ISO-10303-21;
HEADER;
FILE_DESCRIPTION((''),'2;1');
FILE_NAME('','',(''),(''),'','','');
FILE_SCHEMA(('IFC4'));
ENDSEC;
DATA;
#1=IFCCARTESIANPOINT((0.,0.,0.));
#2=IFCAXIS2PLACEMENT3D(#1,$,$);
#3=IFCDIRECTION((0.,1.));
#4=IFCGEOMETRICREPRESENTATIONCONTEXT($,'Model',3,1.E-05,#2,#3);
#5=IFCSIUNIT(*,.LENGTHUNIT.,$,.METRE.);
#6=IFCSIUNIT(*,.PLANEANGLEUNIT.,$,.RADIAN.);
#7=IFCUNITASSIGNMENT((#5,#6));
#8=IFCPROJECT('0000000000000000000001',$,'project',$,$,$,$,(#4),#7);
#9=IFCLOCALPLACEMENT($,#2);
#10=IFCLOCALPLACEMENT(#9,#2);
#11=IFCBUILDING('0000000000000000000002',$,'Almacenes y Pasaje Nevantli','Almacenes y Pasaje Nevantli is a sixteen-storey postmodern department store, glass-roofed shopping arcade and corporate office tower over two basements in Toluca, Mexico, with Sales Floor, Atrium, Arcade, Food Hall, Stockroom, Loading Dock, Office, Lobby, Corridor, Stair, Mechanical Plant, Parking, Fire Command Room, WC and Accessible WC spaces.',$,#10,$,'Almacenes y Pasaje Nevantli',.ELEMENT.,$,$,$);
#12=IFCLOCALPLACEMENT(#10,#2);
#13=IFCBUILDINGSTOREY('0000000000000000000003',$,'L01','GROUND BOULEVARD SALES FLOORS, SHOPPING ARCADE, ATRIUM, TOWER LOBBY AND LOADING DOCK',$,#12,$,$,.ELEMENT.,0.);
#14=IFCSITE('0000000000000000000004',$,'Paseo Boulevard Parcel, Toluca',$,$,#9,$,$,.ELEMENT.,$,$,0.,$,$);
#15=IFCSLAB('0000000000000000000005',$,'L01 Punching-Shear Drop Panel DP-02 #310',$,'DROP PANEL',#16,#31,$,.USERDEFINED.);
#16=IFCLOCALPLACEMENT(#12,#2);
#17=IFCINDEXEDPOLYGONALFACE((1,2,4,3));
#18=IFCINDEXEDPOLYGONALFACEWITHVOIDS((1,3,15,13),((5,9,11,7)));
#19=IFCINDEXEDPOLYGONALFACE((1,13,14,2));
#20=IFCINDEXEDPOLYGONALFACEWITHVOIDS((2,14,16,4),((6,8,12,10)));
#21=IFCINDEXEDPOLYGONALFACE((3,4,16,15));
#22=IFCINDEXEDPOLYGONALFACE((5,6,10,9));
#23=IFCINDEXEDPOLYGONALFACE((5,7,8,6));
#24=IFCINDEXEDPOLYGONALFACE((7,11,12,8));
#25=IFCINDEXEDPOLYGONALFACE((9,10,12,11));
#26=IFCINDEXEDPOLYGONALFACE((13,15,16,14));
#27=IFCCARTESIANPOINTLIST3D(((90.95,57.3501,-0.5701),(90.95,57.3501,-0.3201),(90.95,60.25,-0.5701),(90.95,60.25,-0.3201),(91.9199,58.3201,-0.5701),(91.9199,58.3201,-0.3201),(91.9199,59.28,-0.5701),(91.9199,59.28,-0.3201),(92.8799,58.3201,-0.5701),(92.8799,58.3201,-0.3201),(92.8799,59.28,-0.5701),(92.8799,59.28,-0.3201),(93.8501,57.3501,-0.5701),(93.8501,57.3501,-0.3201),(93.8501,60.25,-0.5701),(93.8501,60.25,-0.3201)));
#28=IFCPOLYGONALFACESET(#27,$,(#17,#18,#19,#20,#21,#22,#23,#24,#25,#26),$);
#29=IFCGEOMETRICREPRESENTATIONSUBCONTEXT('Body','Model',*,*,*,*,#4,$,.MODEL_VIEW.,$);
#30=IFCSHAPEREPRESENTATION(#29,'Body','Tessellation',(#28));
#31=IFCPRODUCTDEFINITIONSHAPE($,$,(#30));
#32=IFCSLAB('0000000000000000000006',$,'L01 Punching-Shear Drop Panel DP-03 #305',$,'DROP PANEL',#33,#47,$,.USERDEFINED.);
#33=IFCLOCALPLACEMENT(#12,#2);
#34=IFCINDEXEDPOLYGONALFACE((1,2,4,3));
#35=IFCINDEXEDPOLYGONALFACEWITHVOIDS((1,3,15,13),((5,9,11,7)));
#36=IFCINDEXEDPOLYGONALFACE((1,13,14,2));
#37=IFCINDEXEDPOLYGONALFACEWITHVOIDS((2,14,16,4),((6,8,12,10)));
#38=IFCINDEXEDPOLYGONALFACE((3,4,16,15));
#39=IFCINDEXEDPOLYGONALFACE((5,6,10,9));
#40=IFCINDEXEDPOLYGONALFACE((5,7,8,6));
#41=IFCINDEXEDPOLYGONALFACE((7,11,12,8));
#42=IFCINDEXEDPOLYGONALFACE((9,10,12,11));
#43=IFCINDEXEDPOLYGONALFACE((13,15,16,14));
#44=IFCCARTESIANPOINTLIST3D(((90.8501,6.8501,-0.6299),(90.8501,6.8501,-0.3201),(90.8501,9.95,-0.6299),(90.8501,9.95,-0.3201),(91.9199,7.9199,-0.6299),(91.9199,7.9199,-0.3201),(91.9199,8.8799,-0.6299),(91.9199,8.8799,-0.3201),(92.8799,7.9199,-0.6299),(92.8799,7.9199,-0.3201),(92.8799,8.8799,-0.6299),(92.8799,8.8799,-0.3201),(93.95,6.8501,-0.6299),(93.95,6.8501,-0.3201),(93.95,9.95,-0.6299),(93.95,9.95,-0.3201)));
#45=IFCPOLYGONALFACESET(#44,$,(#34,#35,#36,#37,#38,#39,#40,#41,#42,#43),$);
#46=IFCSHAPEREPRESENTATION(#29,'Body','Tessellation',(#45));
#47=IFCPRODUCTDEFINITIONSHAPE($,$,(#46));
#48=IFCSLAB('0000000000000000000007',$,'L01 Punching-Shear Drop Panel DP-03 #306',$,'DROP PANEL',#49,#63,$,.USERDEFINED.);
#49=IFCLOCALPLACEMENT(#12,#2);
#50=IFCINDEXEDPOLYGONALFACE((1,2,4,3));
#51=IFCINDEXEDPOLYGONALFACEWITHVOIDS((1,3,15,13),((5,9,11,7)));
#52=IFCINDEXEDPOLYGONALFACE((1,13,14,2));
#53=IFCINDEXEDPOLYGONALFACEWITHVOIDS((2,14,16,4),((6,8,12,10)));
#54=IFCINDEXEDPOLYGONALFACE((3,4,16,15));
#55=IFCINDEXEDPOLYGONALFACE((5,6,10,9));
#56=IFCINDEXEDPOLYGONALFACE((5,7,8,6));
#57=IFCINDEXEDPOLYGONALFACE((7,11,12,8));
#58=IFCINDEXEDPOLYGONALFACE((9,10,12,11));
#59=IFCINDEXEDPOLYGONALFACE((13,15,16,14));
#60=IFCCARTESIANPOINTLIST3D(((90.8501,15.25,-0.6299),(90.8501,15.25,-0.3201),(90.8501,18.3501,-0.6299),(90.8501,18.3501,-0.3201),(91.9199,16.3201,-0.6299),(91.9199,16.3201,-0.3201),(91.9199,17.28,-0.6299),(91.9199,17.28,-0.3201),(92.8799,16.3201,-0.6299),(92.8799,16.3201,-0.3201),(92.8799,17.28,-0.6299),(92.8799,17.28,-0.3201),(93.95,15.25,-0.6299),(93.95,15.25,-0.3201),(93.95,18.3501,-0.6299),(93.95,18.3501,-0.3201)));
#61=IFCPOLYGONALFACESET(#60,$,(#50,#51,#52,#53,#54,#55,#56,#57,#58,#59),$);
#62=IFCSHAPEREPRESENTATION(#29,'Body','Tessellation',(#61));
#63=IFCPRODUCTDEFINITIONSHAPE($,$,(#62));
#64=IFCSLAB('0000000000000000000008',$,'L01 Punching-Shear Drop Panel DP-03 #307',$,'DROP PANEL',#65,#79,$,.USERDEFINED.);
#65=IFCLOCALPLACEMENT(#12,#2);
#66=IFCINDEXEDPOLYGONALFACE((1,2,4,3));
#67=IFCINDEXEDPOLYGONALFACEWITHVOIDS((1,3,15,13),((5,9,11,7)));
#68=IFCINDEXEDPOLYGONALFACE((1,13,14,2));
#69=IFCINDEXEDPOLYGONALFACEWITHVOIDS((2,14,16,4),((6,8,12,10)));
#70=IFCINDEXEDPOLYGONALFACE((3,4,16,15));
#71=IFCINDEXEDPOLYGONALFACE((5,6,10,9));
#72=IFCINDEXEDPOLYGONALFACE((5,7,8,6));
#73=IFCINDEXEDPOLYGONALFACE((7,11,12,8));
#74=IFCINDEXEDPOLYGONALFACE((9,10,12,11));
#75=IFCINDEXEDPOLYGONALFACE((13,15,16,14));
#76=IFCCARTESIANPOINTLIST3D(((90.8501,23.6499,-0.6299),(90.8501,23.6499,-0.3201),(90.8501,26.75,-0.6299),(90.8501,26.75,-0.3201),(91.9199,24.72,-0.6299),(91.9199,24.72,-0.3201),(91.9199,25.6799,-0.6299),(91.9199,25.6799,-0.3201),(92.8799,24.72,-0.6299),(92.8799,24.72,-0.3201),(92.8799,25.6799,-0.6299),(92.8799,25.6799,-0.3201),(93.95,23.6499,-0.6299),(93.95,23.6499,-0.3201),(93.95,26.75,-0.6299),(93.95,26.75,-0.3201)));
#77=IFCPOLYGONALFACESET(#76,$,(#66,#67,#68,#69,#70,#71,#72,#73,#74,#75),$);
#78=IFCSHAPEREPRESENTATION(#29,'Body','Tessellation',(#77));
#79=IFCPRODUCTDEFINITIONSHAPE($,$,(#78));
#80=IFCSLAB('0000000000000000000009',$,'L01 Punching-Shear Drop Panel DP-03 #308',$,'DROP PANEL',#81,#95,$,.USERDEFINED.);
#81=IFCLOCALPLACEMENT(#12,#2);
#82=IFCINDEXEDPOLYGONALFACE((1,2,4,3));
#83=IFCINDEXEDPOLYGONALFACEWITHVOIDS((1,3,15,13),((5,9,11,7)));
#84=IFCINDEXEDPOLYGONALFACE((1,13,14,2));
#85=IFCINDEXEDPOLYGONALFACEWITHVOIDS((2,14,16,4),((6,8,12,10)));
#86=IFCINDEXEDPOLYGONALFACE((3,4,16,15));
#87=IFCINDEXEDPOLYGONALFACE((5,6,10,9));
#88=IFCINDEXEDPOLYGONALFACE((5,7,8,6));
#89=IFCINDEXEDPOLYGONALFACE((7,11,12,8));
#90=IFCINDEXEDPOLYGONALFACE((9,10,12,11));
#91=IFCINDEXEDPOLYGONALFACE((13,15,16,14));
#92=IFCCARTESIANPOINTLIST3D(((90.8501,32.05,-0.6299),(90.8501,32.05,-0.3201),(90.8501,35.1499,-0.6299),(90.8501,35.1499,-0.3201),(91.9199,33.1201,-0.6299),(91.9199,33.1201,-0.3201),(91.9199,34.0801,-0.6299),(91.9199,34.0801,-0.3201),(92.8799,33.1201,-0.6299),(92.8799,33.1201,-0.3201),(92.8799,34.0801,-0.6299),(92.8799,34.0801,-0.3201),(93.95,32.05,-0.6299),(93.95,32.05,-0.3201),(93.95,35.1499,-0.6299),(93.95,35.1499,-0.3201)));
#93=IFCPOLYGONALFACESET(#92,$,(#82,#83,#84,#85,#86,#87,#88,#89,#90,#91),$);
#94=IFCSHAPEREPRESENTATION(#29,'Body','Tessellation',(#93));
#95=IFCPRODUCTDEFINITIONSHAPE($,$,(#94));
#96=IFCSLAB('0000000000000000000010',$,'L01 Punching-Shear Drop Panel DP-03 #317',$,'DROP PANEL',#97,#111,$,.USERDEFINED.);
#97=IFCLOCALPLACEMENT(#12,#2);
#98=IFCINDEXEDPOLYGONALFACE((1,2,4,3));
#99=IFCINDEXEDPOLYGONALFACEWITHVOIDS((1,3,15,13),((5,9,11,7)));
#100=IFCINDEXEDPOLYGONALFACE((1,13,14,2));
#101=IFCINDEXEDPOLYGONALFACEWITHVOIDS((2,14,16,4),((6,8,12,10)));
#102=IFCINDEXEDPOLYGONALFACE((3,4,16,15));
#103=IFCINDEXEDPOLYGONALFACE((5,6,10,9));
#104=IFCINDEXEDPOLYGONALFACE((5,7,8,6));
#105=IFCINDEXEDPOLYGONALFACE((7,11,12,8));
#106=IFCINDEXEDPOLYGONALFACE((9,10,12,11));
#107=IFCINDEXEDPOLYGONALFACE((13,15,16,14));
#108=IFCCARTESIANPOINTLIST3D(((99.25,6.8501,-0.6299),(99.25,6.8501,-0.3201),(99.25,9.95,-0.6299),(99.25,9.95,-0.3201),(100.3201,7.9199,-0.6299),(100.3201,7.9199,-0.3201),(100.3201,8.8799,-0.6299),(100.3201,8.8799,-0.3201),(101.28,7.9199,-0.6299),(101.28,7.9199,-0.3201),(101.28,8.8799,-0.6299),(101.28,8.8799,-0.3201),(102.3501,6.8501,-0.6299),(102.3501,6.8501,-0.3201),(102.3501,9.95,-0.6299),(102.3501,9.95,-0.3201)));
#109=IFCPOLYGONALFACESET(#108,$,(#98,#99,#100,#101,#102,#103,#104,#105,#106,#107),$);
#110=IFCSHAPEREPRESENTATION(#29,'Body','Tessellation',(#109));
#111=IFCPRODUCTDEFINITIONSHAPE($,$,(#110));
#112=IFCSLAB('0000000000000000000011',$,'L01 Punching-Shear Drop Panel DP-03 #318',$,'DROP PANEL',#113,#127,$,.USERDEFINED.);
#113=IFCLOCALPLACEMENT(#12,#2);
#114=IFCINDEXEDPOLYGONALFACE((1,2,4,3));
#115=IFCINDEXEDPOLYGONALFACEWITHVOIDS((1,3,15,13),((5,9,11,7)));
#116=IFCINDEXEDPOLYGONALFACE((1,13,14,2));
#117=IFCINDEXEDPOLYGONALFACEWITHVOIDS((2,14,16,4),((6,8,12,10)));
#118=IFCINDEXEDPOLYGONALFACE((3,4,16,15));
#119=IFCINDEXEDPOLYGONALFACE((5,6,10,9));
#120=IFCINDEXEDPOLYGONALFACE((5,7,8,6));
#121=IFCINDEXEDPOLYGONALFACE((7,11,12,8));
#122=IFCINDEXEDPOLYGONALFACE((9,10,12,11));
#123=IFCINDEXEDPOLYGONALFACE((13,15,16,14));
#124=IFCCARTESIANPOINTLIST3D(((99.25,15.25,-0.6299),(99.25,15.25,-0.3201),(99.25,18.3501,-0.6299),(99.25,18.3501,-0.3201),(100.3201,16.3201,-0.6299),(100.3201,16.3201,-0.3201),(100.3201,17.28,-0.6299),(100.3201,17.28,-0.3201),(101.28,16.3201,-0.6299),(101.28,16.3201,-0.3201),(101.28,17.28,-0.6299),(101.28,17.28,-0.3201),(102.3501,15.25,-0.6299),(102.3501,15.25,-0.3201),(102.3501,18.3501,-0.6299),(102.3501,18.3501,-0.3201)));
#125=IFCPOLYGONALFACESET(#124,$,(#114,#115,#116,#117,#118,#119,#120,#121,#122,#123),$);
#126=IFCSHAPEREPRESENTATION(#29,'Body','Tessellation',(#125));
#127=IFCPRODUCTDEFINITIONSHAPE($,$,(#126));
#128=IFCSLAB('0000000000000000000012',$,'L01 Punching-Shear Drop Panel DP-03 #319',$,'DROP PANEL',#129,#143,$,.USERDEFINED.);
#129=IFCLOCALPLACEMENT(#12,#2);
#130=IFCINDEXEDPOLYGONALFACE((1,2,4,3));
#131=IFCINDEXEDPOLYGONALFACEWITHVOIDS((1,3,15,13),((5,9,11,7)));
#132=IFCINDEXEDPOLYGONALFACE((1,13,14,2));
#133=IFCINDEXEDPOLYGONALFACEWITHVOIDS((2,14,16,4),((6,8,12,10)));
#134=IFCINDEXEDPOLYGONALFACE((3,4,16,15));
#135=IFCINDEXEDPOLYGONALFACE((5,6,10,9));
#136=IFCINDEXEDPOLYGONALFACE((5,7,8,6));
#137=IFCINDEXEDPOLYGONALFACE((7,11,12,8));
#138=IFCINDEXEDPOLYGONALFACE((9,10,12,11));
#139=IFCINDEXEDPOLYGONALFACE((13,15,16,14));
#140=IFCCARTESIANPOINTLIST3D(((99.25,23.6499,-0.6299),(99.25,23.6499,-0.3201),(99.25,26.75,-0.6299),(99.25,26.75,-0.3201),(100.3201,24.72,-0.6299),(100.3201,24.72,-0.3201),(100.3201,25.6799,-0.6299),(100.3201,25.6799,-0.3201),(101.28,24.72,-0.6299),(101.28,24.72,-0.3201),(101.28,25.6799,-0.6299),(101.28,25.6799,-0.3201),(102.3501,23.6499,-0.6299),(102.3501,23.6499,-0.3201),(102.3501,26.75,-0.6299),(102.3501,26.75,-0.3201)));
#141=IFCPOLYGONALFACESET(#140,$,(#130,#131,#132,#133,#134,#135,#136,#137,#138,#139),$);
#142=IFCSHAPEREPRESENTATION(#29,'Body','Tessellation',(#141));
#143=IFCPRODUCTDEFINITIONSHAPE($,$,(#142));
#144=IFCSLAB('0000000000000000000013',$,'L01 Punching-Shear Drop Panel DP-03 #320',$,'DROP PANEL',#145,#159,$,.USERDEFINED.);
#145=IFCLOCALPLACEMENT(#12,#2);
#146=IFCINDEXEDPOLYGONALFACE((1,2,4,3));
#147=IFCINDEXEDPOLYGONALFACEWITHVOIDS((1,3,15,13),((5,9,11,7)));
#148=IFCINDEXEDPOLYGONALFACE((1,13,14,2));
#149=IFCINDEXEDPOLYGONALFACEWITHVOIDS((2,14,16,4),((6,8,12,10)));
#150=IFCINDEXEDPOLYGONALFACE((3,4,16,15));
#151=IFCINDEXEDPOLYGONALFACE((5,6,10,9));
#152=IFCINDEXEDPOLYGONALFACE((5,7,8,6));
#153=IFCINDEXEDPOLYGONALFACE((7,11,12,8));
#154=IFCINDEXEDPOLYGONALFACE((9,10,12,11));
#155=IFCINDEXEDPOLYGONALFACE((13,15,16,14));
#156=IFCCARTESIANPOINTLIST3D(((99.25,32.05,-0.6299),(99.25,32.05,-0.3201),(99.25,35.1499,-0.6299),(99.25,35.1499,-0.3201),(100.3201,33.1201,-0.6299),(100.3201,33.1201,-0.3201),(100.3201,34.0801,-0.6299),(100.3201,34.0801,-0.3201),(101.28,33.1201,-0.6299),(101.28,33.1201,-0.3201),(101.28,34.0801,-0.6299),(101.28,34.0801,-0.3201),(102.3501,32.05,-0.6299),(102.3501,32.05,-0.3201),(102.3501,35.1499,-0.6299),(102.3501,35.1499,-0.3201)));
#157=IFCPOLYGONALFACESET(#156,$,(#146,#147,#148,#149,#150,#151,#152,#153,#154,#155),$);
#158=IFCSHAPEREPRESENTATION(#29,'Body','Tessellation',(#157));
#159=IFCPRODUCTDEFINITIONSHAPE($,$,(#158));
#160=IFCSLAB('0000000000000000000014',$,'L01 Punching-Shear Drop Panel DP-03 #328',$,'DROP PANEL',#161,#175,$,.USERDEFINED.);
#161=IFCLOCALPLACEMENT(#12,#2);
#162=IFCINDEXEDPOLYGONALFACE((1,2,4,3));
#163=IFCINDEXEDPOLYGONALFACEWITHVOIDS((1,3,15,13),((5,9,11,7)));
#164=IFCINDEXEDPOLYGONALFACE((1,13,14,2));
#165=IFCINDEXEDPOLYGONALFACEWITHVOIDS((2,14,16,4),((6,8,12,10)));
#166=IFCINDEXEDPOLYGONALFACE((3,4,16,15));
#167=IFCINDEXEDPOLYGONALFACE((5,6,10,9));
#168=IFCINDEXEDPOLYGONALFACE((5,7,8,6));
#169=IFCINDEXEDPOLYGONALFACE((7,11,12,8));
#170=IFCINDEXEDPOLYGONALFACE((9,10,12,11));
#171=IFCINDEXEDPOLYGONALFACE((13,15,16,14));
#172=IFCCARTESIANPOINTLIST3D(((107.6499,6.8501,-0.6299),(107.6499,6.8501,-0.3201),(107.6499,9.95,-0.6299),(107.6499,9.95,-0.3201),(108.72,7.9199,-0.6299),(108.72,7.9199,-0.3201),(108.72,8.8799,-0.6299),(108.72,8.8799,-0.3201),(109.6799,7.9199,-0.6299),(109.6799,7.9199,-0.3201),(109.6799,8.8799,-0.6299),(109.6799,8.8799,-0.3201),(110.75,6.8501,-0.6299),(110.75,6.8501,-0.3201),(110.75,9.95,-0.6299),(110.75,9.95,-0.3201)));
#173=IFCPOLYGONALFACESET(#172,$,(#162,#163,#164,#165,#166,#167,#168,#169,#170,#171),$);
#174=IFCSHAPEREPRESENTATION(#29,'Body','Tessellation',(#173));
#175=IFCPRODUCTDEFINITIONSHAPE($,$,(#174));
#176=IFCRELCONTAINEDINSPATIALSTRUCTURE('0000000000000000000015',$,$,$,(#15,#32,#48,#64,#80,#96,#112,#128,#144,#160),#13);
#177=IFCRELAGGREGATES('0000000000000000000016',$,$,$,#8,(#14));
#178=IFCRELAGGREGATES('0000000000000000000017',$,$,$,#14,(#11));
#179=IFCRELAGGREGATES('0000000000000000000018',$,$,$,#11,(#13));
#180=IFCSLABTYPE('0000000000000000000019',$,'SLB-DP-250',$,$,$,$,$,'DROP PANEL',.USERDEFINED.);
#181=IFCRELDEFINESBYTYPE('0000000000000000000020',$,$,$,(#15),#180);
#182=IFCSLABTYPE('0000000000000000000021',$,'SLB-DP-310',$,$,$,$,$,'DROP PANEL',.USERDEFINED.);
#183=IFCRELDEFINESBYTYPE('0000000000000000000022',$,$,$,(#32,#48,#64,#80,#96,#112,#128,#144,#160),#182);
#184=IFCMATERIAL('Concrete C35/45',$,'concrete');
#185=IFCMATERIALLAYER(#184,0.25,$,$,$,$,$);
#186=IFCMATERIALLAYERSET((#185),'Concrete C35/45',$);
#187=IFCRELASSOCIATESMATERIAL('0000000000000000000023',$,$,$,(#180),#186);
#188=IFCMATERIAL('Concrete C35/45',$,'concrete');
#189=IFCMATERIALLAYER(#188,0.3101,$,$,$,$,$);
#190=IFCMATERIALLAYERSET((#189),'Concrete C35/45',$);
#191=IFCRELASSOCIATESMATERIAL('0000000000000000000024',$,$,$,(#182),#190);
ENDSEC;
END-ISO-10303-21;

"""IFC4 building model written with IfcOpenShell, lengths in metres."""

from ifc_helpers import new_model, si_unit, direction, frame, origin, place, context, subcontext, project, spatial, polyline, outline, extrude, material, layer, layer_set, type_object, element, save


model = new_model("IFC4")

# Units and contexts
model_context = context("Model", 3, precision=1e-05, world=origin(), true_north=direction((0.0, 1.0)))
body_context = subcontext(model_context, "Body", "Model", "MODEL_VIEW")
ifc_project = project(units=[si_unit("LENGTHUNIT", "METRE"), si_unit("PLANEANGLEUNIT", "RADIAN")], contexts=[model_context])

# Site, building, storey
site_placement = place(None, origin())
site = spatial("IfcSite", under=ifc_project, at=site_placement, Name="Paseo Boulevard Parcel, Toluca", CompositionType="ELEMENT", RefElevation=0.0)
building_placement = place(site_placement, origin())
building = spatial("IfcBuilding", under=site, at=building_placement, Name="Almacenes y Pasaje Nevantli", Description="Almacenes y Pasaje Nevantli is a sixteen-storey postmodern department store, glass-roofed shopping arcade and corporate office tower over two basements in Toluca, Mexico, with Sales Floor, Atrium, Arcade, Food Hall, Stockroom, Loading Dock, Office, Lobby, Corridor, Stair, Mechanical Plant, Parking, Fire Command Room, WC and Accessible WC spaces.", LongName="Almacenes y Pasaje Nevantli", CompositionType="ELEMENT")
storey_placement = place(building_placement, origin())
storey = spatial("IfcBuildingStorey", under=building, at=storey_placement, Name="L01", Description="GROUND BOULEVARD SALES FLOORS, SHOPPING ARCADE, ATRIUM, TOWER LOBBY AND LOADING DOCK", CompositionType="ELEMENT", Elevation=0.0)

# Slabs
ifc_material_1 = material(Name="Concrete C35/45", Category="concrete")
ifc_layer_1 = layer(ifc_material_1, 0.25)
ifc_layer_set_1 = layer_set([ifc_layer_1], Name="Concrete C35/45")
slab_type_1 = type_object("IfcSlabType", Name="SLB-DP-250", ElementType="DROP PANEL", PredefinedType="USERDEFINED", material=ifc_layer_set_1)
slab_1_placement = place(storey_placement, frame((0.0, 0.0, -0.5701)))
element("IfcSlab", 1, at=slab_1_placement, inside=storey, type_object=slab_type_1, Name="L01 Punching-Shear Drop Panel DP-02 #310", ObjectType="DROP PANEL", PredefinedType="USERDEFINED", context=body_context, shape_type="SweptSolid", body=[
    extrude(outline(polyline([(90.95, 57.3501), (93.8501, 57.3501), (93.8501, 60.25), (90.95, 60.25), (90.95, 57.3501)]), holes=[polyline([(91.9199, 58.3201), (92.8799, 58.3201), (92.8799, 59.28), (91.9199, 59.28), (91.9199, 58.3201)])]), origin(), (0.0, 0.0, 1.0), 0.25),
])
ifc_material_2 = material(Name="Concrete C35/45", Category="concrete")
ifc_layer_2 = layer(ifc_material_2, 0.3101)
ifc_layer_set_2 = layer_set([ifc_layer_2], Name="Concrete C35/45")
slab_type_2 = type_object("IfcSlabType", Name="SLB-DP-310", ElementType="DROP PANEL", PredefinedType="USERDEFINED", material=ifc_layer_set_2)
slab_2_placement = place(storey_placement, frame((0.0, 0.0, -0.6299)))
element("IfcSlab", 2, at=slab_2_placement, inside=storey, type_object=slab_type_2, Name="L01 Punching-Shear Drop Panel DP-03 #305", ObjectType="DROP PANEL", PredefinedType="USERDEFINED", context=body_context, shape_type="SweptSolid", body=[
    extrude(outline(polyline([(90.8501, 6.8501), (93.95, 6.8501), (93.95, 9.95), (90.8501, 9.95), (90.8501, 6.8501)]), holes=[polyline([(91.9199, 7.9199), (92.8799, 7.9199), (92.8799, 8.8799), (91.9199, 8.8799), (91.9199, 7.9199)])]), origin(), (0.0, 0.0, 1.0), 0.3098),
])
slab_3_placement = place(storey_placement, frame((0.0, 0.0, -0.6299)))
element("IfcSlab", 3, at=slab_3_placement, inside=storey, type_object=slab_type_2, Name="L01 Punching-Shear Drop Panel DP-03 #306", ObjectType="DROP PANEL", PredefinedType="USERDEFINED", context=body_context, shape_type="SweptSolid", body=[
    extrude(outline(polyline([(90.8501, 15.25), (93.95, 15.25), (93.95, 18.3501), (90.8501, 18.3501), (90.8501, 15.25)]), holes=[polyline([(91.9199, 16.3201), (92.8799, 16.3201), (92.8799, 17.28), (91.9199, 17.28), (91.9199, 16.3201)])]), origin(), (0.0, 0.0, 1.0), 0.3098),
])
slab_4_placement = place(storey_placement, frame((0.0, 0.0, -0.6299)))
element("IfcSlab", 4, at=slab_4_placement, inside=storey, type_object=slab_type_2, Name="L01 Punching-Shear Drop Panel DP-03 #307", ObjectType="DROP PANEL", PredefinedType="USERDEFINED", context=body_context, shape_type="SweptSolid", body=[
    extrude(outline(polyline([(90.8501, 23.6499), (93.95, 23.6499), (93.95, 26.75), (90.8501, 26.75), (90.8501, 23.6499)]), holes=[polyline([(91.9199, 24.72), (92.8799, 24.72), (92.8799, 25.6799), (91.9199, 25.6799), (91.9199, 24.72)])]), origin(), (0.0, 0.0, 1.0), 0.3098),
])
slab_5_placement = place(storey_placement, frame((0.0, 0.0, -0.6299)))
element("IfcSlab", 5, at=slab_5_placement, inside=storey, type_object=slab_type_2, Name="L01 Punching-Shear Drop Panel DP-03 #308", ObjectType="DROP PANEL", PredefinedType="USERDEFINED", context=body_context, shape_type="SweptSolid", body=[
    extrude(outline(polyline([(90.8501, 32.05), (93.95, 32.05), (93.95, 35.1499), (90.8501, 35.1499), (90.8501, 32.05)]), holes=[polyline([(91.9199, 33.1201), (92.8799, 33.1201), (92.8799, 34.0801), (91.9199, 34.0801), (91.9199, 33.1201)])]), origin(), (0.0, 0.0, 1.0), 0.3098),
])
slab_6_placement = place(storey_placement, frame((0.0, 0.0, -0.6299)))
element("IfcSlab", 6, at=slab_6_placement, inside=storey, type_object=slab_type_2, Name="L01 Punching-Shear Drop Panel DP-03 #317", ObjectType="DROP PANEL", PredefinedType="USERDEFINED", context=body_context, shape_type="SweptSolid", body=[
    extrude(outline(polyline([(99.25, 6.8501), (102.3501, 6.8501), (102.3501, 9.95), (99.25, 9.95), (99.25, 6.8501)]), holes=[polyline([(100.3201, 7.9199), (101.28, 7.9199), (101.28, 8.8799), (100.3201, 8.8799), (100.3201, 7.9199)])]), origin(), (0.0, 0.0, 1.0), 0.3098),
])
slab_7_placement = place(storey_placement, frame((0.0, 0.0, -0.6299)))
element("IfcSlab", 7, at=slab_7_placement, inside=storey, type_object=slab_type_2, Name="L01 Punching-Shear Drop Panel DP-03 #318", ObjectType="DROP PANEL", PredefinedType="USERDEFINED", context=body_context, shape_type="SweptSolid", body=[
    extrude(outline(polyline([(99.25, 15.25), (102.3501, 15.25), (102.3501, 18.3501), (99.25, 18.3501), (99.25, 15.25)]), holes=[polyline([(100.3201, 16.3201), (101.28, 16.3201), (101.28, 17.28), (100.3201, 17.28), (100.3201, 16.3201)])]), origin(), (0.0, 0.0, 1.0), 0.3098),
])
slab_8_placement = place(storey_placement, frame((0.0, 0.0, -0.6299)))
element("IfcSlab", 8, at=slab_8_placement, inside=storey, type_object=slab_type_2, Name="L01 Punching-Shear Drop Panel DP-03 #319", ObjectType="DROP PANEL", PredefinedType="USERDEFINED", context=body_context, shape_type="SweptSolid", body=[
    extrude(outline(polyline([(99.25, 23.6499), (102.3501, 23.6499), (102.3501, 26.75), (99.25, 26.75), (99.25, 23.6499)]), holes=[polyline([(100.3201, 24.72), (101.28, 24.72), (101.28, 25.6799), (100.3201, 25.6799), (100.3201, 24.72)])]), origin(), (0.0, 0.0, 1.0), 0.3098),
])
slab_9_placement = place(storey_placement, frame((0.0, 0.0, -0.6299)))
element("IfcSlab", 9, at=slab_9_placement, inside=storey, type_object=slab_type_2, Name="L01 Punching-Shear Drop Panel DP-03 #320", ObjectType="DROP PANEL", PredefinedType="USERDEFINED", context=body_context, shape_type="SweptSolid", body=[
    extrude(outline(polyline([(99.25, 32.05), (102.3501, 32.05), (102.3501, 35.1499), (99.25, 35.1499), (99.25, 32.05)]), holes=[polyline([(100.3201, 33.1201), (101.28, 33.1201), (101.28, 34.0801), (100.3201, 34.0801), (100.3201, 33.1201)])]), origin(), (0.0, 0.0, 1.0), 0.3098),
])
slab_10_placement = place(storey_placement, frame((0.0, 0.0, -0.6299)))
element("IfcSlab", 10, at=slab_10_placement, inside=storey, type_object=slab_type_2, Name="L01 Punching-Shear Drop Panel DP-03 #328", ObjectType="DROP PANEL", PredefinedType="USERDEFINED", context=body_context, shape_type="SweptSolid", body=[
    extrude(outline(polyline([(107.6499, 6.8501), (110.75, 6.8501), (110.75, 9.95), (107.6499, 9.95), (107.6499, 6.8501)]), holes=[polyline([(108.72, 7.9199), (109.6799, 7.9199), (109.6799, 8.8799), (108.72, 8.8799), (108.72, 7.9199)])]), origin(), (0.0, 0.0, 1.0), 0.3098),
])

save(model, "model.ifc")
